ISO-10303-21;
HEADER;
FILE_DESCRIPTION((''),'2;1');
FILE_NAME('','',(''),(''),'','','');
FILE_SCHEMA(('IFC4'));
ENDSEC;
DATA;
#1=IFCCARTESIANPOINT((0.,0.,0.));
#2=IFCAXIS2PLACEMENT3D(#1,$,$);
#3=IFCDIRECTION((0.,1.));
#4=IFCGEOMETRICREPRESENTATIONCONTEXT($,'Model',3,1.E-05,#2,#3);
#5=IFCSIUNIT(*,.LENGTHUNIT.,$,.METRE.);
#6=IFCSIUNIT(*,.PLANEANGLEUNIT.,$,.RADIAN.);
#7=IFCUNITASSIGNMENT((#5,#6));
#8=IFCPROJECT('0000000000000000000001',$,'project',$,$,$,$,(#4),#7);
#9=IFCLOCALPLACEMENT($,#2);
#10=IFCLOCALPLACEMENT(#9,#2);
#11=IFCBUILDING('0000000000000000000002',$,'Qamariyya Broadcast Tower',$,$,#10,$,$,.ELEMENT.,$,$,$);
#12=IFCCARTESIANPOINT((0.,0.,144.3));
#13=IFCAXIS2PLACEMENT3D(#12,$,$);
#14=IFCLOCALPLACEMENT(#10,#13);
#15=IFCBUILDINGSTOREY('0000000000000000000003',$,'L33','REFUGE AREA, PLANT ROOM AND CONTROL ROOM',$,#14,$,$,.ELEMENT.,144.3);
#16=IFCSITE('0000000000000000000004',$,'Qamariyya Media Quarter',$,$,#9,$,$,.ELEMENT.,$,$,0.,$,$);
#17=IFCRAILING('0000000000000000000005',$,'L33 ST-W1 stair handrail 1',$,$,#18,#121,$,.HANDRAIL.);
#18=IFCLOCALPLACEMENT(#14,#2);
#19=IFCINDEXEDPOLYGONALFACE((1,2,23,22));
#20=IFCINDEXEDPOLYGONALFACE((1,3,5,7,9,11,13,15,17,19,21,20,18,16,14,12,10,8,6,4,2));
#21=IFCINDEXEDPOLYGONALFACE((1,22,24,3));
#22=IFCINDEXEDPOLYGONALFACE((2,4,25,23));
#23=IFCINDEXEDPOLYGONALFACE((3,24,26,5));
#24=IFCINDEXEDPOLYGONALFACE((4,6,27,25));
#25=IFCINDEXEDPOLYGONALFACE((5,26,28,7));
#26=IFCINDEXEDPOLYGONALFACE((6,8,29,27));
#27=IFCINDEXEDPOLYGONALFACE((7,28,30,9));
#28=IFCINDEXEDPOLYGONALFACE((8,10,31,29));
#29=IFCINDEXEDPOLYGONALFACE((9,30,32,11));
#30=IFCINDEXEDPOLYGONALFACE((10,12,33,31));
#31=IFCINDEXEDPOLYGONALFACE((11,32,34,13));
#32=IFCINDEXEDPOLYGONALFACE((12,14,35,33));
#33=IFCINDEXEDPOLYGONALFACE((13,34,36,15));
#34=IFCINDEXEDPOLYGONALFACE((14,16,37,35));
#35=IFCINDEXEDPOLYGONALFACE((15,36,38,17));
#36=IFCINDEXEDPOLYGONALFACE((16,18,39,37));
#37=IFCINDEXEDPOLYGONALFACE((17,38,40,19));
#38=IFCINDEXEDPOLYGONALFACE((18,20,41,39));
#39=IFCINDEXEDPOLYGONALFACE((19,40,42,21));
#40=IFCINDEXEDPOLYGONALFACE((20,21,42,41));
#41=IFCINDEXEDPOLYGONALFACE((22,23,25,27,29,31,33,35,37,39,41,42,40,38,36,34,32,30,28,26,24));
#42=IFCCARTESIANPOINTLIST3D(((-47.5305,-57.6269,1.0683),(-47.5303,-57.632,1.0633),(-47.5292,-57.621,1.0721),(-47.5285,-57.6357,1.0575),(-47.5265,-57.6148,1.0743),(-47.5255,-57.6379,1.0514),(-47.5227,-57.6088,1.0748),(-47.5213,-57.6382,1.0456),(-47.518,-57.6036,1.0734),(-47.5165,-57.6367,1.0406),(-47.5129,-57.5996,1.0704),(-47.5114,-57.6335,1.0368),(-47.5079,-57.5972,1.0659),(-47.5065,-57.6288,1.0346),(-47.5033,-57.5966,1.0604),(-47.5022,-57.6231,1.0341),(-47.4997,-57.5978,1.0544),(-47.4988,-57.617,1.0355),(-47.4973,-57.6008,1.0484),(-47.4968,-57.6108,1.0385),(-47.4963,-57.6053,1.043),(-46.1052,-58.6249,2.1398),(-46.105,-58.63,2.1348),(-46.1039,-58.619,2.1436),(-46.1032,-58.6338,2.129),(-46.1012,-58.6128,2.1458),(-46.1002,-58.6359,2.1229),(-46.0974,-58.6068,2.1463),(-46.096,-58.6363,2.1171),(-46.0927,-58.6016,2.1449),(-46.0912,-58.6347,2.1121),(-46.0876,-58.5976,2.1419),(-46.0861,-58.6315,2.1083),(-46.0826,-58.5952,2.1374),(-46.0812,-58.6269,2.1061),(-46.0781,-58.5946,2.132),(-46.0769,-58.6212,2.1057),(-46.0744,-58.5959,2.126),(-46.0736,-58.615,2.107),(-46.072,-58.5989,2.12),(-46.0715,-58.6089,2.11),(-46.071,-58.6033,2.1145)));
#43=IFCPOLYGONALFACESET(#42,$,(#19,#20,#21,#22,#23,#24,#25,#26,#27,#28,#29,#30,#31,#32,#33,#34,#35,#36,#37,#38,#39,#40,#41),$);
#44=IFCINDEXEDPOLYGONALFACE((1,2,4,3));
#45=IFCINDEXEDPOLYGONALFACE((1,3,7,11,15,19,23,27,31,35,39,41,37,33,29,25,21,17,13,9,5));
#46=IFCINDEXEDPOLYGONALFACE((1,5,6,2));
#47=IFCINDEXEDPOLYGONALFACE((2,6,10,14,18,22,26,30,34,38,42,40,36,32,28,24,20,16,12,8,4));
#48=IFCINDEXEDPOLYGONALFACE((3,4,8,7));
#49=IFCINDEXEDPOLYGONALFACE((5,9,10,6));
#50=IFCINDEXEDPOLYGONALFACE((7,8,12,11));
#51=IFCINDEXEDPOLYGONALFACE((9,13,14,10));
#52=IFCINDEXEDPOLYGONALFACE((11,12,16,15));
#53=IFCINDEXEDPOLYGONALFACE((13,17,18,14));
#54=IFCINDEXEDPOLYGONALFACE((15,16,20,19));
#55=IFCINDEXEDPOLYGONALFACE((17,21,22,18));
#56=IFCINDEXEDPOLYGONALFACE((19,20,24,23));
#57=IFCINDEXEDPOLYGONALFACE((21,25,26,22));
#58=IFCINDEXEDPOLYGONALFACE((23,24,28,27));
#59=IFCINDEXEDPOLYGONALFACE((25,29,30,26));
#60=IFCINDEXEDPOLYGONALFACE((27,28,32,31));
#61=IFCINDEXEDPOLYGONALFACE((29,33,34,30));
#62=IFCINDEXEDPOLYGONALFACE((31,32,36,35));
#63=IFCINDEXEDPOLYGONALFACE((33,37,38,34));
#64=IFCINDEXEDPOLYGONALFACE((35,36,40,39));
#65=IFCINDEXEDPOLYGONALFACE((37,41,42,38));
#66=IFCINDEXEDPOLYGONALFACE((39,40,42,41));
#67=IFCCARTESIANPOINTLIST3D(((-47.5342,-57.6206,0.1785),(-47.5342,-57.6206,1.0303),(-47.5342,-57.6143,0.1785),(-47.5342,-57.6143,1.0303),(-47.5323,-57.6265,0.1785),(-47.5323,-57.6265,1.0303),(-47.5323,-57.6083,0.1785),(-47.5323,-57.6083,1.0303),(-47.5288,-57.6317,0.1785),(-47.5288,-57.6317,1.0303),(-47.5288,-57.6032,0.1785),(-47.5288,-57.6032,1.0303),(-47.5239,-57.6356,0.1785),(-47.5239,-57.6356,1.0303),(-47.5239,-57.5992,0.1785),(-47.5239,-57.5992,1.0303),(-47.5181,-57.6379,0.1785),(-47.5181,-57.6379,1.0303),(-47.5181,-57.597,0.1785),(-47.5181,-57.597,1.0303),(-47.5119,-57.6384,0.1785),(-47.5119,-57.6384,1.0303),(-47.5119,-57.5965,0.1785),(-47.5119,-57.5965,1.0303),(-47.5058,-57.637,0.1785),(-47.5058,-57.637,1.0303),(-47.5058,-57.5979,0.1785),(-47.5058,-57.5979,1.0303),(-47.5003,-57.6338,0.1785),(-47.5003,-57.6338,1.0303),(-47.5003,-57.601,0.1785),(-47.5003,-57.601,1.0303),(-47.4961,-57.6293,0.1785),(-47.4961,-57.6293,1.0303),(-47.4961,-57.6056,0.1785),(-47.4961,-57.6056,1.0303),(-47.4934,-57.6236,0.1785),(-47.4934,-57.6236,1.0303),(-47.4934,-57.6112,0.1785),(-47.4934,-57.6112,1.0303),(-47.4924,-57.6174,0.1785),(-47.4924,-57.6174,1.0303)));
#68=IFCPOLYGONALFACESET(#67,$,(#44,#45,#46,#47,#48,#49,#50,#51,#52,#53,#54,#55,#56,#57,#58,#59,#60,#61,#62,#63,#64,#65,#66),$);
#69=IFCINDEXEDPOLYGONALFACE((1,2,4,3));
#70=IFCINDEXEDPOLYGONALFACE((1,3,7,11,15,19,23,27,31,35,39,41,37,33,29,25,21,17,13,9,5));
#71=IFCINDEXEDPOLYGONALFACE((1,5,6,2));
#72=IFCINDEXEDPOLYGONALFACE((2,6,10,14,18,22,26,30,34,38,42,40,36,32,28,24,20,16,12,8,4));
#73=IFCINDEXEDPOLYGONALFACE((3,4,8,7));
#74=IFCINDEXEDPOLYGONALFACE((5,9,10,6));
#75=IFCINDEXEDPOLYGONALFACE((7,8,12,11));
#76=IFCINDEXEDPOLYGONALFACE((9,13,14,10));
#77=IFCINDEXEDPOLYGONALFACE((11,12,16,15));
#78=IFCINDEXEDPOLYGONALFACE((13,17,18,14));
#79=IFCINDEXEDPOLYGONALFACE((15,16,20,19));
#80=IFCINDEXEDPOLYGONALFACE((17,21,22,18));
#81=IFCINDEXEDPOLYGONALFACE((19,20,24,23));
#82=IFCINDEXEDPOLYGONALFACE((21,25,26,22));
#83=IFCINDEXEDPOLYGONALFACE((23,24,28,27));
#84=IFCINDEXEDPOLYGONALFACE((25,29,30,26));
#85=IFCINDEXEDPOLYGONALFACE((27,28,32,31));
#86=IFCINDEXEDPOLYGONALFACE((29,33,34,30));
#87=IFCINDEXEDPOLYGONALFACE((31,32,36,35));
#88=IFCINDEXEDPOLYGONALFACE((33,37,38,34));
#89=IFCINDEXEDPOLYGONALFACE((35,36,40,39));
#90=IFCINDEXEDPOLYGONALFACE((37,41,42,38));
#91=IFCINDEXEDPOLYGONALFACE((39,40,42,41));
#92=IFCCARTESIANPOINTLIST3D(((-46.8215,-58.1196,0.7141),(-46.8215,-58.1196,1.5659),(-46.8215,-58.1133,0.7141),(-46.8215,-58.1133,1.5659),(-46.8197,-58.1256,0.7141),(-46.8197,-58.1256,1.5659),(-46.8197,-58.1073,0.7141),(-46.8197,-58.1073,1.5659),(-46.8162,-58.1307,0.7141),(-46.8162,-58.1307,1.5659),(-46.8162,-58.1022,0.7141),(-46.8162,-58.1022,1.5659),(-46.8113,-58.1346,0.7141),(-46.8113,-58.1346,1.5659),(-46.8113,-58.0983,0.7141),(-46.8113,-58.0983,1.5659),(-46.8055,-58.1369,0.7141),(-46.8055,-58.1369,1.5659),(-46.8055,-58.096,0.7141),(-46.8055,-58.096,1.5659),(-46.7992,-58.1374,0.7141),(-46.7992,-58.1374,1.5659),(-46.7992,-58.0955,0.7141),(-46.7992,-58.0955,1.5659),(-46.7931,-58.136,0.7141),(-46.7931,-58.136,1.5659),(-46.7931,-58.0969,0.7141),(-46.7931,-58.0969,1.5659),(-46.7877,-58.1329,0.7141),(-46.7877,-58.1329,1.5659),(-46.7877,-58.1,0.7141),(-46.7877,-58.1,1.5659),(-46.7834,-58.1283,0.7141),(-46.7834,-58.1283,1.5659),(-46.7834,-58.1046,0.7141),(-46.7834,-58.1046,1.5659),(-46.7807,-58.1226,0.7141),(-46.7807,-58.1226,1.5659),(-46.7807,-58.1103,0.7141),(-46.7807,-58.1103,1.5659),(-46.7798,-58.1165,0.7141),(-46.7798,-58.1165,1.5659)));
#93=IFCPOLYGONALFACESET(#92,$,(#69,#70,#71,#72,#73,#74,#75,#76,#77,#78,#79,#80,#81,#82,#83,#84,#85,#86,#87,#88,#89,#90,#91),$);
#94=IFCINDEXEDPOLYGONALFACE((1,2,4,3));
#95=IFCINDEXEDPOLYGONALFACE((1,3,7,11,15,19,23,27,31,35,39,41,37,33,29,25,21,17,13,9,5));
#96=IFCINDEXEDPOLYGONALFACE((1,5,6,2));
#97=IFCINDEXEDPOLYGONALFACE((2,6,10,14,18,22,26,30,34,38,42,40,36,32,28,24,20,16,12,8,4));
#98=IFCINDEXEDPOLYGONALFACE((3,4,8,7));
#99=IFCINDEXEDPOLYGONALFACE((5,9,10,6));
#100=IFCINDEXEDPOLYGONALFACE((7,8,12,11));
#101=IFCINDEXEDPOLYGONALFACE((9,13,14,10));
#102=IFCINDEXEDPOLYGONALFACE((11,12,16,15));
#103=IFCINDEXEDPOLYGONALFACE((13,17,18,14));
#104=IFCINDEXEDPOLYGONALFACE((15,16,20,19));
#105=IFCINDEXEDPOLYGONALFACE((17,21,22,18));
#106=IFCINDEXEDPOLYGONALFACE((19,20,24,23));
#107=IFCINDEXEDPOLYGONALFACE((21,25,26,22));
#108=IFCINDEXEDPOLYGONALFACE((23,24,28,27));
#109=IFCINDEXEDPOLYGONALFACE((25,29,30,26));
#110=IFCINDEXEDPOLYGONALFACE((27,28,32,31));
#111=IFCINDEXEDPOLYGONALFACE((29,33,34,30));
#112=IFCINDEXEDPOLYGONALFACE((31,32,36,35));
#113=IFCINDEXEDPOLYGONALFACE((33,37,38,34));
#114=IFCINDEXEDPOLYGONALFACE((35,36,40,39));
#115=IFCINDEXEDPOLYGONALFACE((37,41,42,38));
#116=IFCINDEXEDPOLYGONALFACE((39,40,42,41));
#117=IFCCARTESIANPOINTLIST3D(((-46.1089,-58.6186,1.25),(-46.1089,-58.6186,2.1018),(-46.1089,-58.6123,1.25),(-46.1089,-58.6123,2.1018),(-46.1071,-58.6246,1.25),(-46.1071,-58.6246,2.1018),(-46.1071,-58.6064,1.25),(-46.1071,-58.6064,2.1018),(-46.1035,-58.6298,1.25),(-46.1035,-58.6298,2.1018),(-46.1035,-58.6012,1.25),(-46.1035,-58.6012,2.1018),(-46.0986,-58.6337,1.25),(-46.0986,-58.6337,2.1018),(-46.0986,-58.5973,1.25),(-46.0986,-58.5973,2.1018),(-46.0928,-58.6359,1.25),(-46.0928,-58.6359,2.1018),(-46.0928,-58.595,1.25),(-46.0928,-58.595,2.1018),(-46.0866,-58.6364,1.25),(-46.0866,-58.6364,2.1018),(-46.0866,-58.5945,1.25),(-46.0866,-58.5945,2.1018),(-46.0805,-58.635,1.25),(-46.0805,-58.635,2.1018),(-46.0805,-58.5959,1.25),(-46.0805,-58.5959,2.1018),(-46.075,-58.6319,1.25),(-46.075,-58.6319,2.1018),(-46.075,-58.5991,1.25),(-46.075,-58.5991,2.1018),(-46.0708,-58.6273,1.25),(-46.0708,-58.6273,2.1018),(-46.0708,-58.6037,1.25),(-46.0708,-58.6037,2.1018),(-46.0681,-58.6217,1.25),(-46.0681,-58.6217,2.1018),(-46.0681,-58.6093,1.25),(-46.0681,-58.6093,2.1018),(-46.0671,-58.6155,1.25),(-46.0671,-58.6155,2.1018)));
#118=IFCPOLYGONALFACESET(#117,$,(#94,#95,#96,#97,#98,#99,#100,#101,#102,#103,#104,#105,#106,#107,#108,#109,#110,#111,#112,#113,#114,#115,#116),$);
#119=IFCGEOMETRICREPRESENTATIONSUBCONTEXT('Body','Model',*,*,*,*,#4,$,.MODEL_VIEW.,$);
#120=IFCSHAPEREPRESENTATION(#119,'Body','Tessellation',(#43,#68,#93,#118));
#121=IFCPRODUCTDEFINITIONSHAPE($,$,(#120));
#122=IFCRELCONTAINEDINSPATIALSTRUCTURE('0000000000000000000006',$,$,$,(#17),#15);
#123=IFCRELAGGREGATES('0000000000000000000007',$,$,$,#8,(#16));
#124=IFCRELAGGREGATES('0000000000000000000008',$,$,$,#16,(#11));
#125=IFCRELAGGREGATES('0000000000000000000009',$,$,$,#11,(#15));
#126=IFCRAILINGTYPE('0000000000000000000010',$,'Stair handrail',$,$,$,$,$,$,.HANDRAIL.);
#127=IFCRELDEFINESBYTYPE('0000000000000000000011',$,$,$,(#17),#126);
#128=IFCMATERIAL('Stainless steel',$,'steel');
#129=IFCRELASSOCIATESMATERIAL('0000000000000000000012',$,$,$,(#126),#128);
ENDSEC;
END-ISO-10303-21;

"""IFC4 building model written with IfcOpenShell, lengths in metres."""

from ifc_helpers import new_model, si_unit, direction, frame, origin, origin_2d, place, context, subcontext, project, spatial, circle, extrude, material, type_object, element, save


model = new_model("IFC4")

# Units and contexts
model_context = context("Model", 3, precision=1e-05, world=origin(), true_north=direction((0.0, 1.0)))
body_context = subcontext(model_context, "Body", "Model", "MODEL_VIEW")
ifc_project = project(units=[si_unit("LENGTHUNIT", "METRE"), si_unit("PLANEANGLEUNIT", "RADIAN")], contexts=[model_context])

# Site, building, storey
site_placement = place(None, origin())
site = spatial("IfcSite", under=ifc_project, at=site_placement, Name="Qamariyya Media Quarter", CompositionType="ELEMENT", RefElevation=0.0)
building_placement = place(site_placement, origin())
building = spatial("IfcBuilding", under=site, at=building_placement, Name="Qamariyya Broadcast Tower", CompositionType="ELEMENT")
storey_placement = place(building_placement, frame((0.0, 0.0, 144.3)))
storey = spatial("IfcBuildingStorey", under=building, at=storey_placement, Name="L33", Description="REFUGE AREA, PLANT ROOM AND CONTROL ROOM", CompositionType="ELEMENT", Elevation=144.3)

# Railing
ifc_material_1 = material(Name="Stainless steel", Category="steel")
railing_type_1 = type_object("IfcRailingType", Name="Stair handrail", PredefinedType="HANDRAIL", material=ifc_material_1)
railing_1_placement = place(storey_placement, frame((-47.5134, -57.6174, 0.1785)))
element("IfcRailing", 1, at=railing_1_placement, inside=storey, type_object=railing_type_1, Name="L33 ST-W1 stair handrail 1", PredefinedType="HANDRAIL", context=body_context, shape_type="SweptSolid", body=[
    extrude(circle(Radius=0.0239, at=origin_2d()), frame((0.0, 0.0, 0.876), z_axis=(0.697489, -0.48841, 0.524371), x_axis=(0.573594, 0.81914, 0.0)), (0.0, 0.0, 1.0), 2.0435),
    extrude(circle(Radius=0.021, at=origin_2d()), origin(), (0.0, 0.0, 1.0), 0.8518),
    extrude(circle(Radius=0.021, at=origin_2d()), frame((0.7126, -0.499, 0.5356)), (0.0, 0.0, 1.0), 0.8518),
    extrude(circle(Radius=0.021, at=origin_2d()), frame((1.4253, -0.998, 1.0715)), (0.0, 0.0, 1.0), 0.8518),
])

save(model, "model.ifc")
